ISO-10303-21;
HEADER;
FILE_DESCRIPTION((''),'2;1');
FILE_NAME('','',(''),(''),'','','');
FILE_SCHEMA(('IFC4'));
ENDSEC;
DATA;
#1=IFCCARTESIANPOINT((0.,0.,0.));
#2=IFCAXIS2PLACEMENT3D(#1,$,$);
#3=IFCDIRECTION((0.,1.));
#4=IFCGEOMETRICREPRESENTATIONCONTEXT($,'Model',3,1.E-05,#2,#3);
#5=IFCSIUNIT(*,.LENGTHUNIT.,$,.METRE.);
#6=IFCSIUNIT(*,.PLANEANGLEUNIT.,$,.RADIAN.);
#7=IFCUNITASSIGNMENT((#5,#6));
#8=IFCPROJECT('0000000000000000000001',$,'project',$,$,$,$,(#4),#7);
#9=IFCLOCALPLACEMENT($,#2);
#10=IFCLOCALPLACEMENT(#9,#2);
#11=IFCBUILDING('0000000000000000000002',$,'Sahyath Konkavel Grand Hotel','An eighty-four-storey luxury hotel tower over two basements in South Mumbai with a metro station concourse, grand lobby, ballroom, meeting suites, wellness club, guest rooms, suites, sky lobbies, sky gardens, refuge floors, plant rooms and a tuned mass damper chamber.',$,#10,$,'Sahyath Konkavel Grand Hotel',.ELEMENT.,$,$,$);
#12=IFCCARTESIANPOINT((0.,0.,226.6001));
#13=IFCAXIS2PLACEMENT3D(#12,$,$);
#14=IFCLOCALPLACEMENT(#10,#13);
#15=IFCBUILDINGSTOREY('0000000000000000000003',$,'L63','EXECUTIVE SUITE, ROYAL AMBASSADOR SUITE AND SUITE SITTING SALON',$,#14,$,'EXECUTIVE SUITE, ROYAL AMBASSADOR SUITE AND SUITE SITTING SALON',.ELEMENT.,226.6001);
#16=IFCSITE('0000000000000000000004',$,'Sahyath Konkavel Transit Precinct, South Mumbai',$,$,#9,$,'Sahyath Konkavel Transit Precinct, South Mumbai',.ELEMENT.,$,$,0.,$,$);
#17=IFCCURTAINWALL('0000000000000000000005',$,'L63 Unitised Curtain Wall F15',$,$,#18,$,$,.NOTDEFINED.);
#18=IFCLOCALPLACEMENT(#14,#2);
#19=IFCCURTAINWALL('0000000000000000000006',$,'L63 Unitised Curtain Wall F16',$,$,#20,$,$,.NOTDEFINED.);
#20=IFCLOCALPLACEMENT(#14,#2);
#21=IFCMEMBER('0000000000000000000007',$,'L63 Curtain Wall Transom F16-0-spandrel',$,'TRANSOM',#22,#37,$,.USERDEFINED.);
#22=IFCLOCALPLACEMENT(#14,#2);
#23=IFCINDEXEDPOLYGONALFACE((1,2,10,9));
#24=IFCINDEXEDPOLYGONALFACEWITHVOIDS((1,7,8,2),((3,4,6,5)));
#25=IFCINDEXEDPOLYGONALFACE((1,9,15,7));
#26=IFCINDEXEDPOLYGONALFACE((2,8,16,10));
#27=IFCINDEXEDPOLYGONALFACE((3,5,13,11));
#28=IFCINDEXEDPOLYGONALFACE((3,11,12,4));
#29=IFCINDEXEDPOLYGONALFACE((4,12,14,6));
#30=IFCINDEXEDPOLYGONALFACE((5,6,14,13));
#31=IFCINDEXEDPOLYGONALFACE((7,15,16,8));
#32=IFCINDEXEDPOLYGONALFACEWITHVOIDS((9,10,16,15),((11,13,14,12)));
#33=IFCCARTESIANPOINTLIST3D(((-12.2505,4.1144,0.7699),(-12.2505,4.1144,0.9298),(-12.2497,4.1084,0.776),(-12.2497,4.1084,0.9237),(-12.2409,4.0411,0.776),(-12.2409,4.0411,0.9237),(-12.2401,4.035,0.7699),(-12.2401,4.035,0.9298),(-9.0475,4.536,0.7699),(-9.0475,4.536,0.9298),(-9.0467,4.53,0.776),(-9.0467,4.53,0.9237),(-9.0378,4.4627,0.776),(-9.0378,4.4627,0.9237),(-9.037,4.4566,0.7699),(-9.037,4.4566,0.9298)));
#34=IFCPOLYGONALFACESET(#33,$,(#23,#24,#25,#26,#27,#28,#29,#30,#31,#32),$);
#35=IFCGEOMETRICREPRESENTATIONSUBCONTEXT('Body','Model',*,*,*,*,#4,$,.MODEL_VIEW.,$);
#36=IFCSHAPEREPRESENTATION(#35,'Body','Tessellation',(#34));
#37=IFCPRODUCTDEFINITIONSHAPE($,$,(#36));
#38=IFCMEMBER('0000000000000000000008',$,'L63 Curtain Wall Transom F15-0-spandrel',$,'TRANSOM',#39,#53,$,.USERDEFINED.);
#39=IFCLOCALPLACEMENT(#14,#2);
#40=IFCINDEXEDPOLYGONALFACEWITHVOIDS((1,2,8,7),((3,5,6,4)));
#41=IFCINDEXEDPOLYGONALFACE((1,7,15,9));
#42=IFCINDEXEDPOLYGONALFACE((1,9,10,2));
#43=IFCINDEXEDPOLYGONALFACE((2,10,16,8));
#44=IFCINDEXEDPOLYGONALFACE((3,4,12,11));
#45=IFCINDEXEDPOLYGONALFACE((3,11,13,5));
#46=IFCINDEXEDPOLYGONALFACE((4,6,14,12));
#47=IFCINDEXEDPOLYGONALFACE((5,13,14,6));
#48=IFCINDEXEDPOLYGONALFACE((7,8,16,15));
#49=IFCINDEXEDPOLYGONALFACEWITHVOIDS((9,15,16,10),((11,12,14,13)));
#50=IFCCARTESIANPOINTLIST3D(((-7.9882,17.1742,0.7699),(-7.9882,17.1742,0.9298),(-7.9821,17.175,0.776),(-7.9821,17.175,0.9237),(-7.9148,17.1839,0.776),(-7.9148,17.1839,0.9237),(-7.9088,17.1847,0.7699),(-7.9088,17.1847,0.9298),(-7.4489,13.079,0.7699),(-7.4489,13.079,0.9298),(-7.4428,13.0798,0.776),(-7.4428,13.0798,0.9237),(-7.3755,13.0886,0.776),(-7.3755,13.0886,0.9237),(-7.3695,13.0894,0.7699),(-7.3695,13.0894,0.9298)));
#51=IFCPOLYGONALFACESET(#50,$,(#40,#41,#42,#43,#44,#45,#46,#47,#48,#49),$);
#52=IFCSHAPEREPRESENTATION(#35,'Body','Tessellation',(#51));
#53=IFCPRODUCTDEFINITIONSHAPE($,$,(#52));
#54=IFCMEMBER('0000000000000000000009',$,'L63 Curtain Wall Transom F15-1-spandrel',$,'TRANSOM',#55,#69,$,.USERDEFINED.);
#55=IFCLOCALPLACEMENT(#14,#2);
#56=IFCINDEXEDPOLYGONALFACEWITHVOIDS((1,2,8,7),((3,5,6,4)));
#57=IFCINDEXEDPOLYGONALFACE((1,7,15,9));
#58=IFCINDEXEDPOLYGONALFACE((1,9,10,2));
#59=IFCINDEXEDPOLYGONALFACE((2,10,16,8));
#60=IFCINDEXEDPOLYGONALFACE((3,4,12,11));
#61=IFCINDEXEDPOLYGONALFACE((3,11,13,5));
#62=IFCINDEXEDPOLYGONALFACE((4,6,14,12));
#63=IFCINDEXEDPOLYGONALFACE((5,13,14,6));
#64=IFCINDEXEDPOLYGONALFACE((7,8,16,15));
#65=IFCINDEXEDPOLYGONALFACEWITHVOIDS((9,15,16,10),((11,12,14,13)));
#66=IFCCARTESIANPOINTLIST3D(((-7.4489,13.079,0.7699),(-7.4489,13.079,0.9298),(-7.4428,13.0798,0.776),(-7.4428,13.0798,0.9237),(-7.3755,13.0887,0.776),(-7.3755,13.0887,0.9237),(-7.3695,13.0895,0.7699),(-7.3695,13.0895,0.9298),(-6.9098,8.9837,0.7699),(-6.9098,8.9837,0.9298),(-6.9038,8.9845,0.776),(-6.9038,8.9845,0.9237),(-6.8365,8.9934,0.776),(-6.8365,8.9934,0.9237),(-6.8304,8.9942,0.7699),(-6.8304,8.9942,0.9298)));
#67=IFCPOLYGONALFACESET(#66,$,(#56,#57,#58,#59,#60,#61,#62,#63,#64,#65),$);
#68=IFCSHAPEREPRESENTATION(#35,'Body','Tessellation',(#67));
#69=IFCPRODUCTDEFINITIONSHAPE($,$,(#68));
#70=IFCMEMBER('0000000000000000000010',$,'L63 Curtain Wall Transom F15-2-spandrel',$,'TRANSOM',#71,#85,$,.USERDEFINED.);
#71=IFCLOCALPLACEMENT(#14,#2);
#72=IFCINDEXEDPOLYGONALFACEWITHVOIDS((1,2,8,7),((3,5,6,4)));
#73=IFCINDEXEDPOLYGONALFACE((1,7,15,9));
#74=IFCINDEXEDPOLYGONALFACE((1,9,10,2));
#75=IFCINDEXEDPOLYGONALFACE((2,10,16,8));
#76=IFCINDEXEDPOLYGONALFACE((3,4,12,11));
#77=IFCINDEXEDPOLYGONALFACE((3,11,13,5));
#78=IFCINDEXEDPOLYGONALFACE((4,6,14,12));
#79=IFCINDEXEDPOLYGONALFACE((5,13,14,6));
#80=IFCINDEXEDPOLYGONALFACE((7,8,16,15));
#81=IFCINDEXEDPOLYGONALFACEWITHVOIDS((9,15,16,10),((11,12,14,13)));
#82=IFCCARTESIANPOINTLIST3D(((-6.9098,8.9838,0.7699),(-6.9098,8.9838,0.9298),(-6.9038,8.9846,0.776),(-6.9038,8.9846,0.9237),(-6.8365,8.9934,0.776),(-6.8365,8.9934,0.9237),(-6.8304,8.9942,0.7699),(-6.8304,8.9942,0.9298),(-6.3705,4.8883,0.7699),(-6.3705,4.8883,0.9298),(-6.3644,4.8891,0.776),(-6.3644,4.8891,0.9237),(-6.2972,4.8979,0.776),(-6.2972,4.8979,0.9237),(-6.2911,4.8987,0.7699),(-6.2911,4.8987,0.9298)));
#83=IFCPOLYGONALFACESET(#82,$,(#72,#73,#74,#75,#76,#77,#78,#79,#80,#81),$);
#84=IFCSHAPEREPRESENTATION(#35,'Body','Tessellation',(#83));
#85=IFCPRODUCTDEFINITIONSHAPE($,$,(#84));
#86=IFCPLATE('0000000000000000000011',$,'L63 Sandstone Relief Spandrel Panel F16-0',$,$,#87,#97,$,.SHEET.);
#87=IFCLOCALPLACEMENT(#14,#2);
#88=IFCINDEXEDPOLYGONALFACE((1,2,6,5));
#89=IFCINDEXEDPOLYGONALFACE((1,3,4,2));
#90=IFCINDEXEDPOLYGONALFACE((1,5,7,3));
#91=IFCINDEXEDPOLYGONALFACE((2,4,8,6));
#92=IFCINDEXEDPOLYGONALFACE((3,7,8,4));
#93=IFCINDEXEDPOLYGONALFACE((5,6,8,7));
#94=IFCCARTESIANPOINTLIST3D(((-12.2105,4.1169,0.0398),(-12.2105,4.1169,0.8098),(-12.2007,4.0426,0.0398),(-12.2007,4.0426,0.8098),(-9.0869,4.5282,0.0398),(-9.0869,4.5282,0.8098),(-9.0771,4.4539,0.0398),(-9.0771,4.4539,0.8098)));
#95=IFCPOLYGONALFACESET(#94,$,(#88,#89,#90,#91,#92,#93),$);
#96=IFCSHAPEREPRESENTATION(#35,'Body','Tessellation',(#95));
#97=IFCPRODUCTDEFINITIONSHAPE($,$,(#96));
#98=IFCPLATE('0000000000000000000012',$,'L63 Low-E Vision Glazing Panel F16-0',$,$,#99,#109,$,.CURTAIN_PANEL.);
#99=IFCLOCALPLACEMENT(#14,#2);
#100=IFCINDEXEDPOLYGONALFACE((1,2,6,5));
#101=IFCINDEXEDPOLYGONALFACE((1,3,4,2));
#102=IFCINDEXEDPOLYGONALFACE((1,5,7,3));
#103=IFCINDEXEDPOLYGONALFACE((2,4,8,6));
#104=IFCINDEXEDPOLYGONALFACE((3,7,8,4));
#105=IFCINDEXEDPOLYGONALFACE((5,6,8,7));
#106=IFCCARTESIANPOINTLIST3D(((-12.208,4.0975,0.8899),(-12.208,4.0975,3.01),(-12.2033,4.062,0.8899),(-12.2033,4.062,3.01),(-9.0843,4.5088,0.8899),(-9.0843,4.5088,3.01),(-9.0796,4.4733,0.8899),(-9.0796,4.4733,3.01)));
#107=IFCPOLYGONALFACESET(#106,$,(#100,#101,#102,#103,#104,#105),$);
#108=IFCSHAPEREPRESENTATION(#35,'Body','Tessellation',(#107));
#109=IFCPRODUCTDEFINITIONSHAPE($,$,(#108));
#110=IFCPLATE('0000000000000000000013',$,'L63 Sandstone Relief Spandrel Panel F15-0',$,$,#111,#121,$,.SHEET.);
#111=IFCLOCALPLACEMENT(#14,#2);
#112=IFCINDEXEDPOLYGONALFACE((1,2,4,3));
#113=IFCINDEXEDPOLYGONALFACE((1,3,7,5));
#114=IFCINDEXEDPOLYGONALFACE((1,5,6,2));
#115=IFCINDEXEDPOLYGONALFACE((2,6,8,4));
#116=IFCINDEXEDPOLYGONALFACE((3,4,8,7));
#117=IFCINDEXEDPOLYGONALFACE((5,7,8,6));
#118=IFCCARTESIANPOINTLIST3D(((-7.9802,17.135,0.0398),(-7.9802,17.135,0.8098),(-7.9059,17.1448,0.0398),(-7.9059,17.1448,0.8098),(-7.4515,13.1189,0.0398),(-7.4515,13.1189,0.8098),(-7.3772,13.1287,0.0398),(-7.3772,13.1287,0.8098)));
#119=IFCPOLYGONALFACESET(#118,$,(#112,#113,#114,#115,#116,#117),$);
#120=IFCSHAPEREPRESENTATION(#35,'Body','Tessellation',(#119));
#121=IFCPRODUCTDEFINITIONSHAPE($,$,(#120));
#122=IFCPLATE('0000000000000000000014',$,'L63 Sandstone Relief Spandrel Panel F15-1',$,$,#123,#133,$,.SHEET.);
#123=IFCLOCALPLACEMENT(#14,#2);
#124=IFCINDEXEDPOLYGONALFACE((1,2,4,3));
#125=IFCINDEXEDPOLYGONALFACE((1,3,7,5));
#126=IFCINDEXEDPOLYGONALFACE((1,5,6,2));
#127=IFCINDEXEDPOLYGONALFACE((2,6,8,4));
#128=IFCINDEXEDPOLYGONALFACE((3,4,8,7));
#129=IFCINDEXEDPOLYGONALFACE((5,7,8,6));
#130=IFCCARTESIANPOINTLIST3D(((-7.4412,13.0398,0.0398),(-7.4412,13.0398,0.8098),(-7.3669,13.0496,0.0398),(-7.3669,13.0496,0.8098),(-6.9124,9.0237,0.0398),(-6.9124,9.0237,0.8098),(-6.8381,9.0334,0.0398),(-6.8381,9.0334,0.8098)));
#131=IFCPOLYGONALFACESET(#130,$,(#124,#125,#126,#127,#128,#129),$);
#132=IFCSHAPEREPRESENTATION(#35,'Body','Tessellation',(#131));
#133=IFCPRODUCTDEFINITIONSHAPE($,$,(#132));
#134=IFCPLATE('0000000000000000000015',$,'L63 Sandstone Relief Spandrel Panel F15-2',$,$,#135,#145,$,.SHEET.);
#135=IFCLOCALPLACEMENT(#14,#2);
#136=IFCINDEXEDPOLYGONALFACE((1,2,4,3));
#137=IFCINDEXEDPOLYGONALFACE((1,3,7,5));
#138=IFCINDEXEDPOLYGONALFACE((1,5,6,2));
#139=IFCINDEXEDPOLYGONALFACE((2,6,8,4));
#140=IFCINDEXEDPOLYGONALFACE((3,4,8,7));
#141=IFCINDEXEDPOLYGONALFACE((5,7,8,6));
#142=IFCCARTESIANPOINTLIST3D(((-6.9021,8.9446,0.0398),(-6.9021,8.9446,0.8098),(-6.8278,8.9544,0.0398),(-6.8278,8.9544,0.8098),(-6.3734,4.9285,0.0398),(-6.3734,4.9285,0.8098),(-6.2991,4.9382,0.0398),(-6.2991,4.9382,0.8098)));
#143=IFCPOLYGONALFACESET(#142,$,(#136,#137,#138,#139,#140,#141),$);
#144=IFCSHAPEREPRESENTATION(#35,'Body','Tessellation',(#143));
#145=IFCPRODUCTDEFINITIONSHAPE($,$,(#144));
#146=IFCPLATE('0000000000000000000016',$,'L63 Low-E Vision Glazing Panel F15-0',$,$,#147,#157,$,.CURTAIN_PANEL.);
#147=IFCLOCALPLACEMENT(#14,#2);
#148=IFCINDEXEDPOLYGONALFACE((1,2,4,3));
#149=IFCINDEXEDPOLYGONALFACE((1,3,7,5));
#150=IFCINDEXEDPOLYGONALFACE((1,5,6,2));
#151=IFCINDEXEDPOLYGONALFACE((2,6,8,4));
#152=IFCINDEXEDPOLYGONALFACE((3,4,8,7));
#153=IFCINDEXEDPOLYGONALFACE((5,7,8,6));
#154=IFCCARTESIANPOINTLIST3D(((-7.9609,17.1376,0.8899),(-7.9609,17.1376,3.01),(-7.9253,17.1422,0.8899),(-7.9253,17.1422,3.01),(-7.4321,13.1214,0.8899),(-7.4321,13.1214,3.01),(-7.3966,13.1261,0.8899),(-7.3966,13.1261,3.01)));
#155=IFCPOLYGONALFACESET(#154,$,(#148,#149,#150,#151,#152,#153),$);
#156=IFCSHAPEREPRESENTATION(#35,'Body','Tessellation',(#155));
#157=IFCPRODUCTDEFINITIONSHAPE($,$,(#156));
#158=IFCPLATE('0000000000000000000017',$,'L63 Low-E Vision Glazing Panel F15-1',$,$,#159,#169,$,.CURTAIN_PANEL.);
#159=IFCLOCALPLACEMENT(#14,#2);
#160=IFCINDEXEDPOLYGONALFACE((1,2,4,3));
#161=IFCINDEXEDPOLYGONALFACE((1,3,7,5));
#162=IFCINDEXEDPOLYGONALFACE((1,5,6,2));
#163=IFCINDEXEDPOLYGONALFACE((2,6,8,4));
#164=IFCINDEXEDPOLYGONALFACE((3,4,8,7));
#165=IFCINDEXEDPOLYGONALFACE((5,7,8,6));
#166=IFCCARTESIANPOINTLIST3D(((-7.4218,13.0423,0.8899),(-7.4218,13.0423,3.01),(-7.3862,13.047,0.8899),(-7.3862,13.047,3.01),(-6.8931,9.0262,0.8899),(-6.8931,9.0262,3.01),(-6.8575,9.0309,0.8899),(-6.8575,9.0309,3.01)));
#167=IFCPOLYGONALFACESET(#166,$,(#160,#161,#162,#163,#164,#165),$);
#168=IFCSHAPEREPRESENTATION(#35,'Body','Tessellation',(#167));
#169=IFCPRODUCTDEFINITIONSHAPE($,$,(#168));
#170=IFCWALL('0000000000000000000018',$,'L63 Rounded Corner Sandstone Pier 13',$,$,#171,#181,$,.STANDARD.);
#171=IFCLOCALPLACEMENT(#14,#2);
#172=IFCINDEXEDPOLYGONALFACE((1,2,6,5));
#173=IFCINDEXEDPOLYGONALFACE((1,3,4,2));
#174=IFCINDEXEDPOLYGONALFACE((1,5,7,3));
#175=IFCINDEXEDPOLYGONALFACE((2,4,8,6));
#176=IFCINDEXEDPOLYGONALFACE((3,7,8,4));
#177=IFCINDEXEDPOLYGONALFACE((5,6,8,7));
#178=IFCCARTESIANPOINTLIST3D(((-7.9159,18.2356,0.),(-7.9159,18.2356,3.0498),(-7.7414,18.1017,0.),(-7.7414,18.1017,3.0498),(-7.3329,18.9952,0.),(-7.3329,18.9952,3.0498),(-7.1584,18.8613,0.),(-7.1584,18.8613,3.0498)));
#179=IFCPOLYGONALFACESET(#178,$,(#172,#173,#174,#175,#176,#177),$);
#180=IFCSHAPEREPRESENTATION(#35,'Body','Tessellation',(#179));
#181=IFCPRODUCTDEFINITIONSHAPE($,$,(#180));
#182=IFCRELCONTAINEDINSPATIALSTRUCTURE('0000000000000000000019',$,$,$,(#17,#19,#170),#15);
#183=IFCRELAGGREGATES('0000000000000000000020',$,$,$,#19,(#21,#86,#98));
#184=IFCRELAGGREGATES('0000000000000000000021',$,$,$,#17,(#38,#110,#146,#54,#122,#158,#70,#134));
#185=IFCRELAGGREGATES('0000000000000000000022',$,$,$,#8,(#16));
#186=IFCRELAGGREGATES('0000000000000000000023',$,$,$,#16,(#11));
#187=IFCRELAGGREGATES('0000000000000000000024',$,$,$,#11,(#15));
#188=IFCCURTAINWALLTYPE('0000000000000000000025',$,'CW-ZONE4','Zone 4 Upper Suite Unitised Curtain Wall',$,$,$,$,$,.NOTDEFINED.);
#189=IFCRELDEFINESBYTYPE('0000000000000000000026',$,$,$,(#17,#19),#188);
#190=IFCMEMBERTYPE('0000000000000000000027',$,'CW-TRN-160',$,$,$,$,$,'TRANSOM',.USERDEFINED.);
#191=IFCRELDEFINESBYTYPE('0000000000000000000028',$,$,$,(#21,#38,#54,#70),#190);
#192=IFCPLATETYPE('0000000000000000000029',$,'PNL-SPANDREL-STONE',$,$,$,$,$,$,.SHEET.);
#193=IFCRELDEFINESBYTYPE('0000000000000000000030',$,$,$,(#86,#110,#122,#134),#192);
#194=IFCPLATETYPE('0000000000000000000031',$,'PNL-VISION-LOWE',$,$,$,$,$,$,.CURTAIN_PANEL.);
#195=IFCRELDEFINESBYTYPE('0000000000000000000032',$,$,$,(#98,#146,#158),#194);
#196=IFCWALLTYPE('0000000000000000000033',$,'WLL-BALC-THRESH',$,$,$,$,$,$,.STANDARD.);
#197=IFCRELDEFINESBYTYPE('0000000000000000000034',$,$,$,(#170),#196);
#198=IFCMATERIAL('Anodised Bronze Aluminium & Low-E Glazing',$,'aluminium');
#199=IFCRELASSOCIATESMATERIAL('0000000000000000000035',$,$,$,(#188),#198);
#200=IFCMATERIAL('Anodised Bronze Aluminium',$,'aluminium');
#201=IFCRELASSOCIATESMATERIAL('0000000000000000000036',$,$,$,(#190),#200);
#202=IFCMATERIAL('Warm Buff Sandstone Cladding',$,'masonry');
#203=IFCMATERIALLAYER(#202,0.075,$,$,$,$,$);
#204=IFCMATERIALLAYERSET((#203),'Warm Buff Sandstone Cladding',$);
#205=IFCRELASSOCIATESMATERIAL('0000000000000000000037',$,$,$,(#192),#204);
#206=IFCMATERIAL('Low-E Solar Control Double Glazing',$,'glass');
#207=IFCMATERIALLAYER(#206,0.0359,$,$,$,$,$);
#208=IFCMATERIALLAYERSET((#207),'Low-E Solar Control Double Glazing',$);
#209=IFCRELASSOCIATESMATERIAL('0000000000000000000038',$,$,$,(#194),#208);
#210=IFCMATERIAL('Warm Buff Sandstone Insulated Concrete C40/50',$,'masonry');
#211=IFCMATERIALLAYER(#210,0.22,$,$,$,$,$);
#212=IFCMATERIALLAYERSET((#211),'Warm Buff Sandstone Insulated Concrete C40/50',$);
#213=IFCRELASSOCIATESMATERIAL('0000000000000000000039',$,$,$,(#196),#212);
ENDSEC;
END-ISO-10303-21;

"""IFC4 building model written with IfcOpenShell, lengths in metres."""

from ifc_helpers import new_model, si_unit, direction, frame, frame_2d, origin, origin_2d, place, context, subcontext, project, spatial, rectangle, hollow_rectangle, extrude, source, transform, mapped, material, layer, layer_set, material_profile, profile_set, type_object, element, aggregate, save


model = new_model("IFC4")

# Units and contexts
model_context = context("Model", 3, precision=1e-05, world=origin(), true_north=direction((0.0, 1.0)))
body_context = subcontext(model_context, "Body", "Model", "MODEL_VIEW")
ifc_project = project(units=[si_unit("LENGTHUNIT", "METRE"), si_unit("PLANEANGLEUNIT", "RADIAN")], contexts=[model_context])

# Site, building, storey
site_placement = place(None, origin())
site = spatial("IfcSite", under=ifc_project, at=site_placement, Name="Sahyath Konkavel Transit Precinct, South Mumbai", LongName="Sahyath Konkavel Transit Precinct, South Mumbai", CompositionType="ELEMENT", RefElevation=0.0)
building_placement = place(site_placement, origin())
building = spatial("IfcBuilding", under=site, at=building_placement, Name="Sahyath Konkavel Grand Hotel", Description="An eighty-four-storey luxury hotel tower over two basements in South Mumbai with a metro station concourse, grand lobby, ballroom, meeting suites, wellness club, guest rooms, suites, sky lobbies, sky gardens, refuge floors, plant rooms and a tuned mass damper chamber.", LongName="Sahyath Konkavel Grand Hotel", CompositionType="ELEMENT")
storey_placement = place(building_placement, frame((0.0, 0.0, 226.6001)))
storey = spatial("IfcBuildingStorey", under=building, at=storey_placement, Name="L63", Description="EXECUTIVE SUITE, ROYAL AMBASSADOR SUITE AND SUITE SITTING SALON", LongName="EXECUTIVE SUITE, ROYAL AMBASSADOR SUITE AND SUITE SITTING SALON", CompositionType="ELEMENT", Elevation=226.6001)

# Shared definitions
ifc_material_1 = material(Name="Anodised Bronze Aluminium & Low-E Glazing", Category="aluminium")
curtain_wall_type = type_object("IfcCurtainWallType", Name="CW-ZONE4", Description="Zone 4 Upper Suite Unitised Curtain Wall", PredefinedType="NOTDEFINED", material=ifc_material_1)
ifc_material_2 = material(Name="Anodised Bronze Aluminium", Category="aluminium")

# Curtain wall
curtain_wall_1_placement = place(storey_placement, origin())
curtain_wall_1 = element("IfcCurtainWall", 1, at=curtain_wall_1_placement, inside=storey, type_object=curtain_wall_type, Name="L63 Unitised Curtain Wall F15", PredefinedType="NOTDEFINED")

# Curtain wall
curtain_wall_2_placement = place(storey_placement, origin())
curtain_wall_2 = element("IfcCurtainWall", 2, at=curtain_wall_2_placement, inside=storey, type_object=curtain_wall_type, Name="L63 Unitised Curtain Wall F16", PredefinedType="NOTDEFINED")

# Members
ifc_material_profile_1 = material_profile(ifc_material_2, hollow_rectangle(XDim=0.0801, YDim=0.1599, WallThickness=0.0061, at=origin_2d()), Name="RHS 160x80x6")
ifc_profile_set_1 = profile_set([ifc_material_profile_1], Name="Anodised Bronze Aluminium")
member_type_1 = type_object("IfcMemberType", Name="CW-TRN-160", ElementType="TRANSOM", PredefinedType="USERDEFINED", material=ifc_profile_set_1)
shared_shape_1 = source(origin(), body_context, "Body", "SweptSolid", [
    extrude(hollow_rectangle(XDim=0.0801, YDim=0.1599, WallThickness=0.0061, at=origin_2d()), origin(), (0.0, 0.0, 1.0), 3.2307),
])
member_1_placement = place(storey_placement, frame((-9.0422, 4.4963, 0.8499), z_axis=(-0.991448, -0.130505, 0.0), x_axis=(0.130505, -0.991448, 0.0)))
member_1 = element("IfcMember", 3, at=member_1_placement, type_object=member_type_1, Name="L63 Curtain Wall Transom F16-0-spandrel", ObjectType="TRANSOM", PredefinedType="USERDEFINED", context=body_context, shape_type="MappedRepresentation", body=[
    mapped(shared_shape_1, transform((0.0, 0.0, 0.0), scale=1.0)),
])
shared_shape_2 = source(origin(), body_context, "Body", "SweptSolid", [
    extrude(hollow_rectangle(XDim=0.0801, YDim=0.1599, WallThickness=0.0061, at=origin_2d()), origin(), (0.0, 0.0, 1.0), 4.1306),
])
member_2_placement = place(storey_placement, frame((-7.9485, 17.1794, 0.8499), z_axis=(0.130565, -0.99144, 0.0), x_axis=(0.99144, 0.130565, 0.0)))
member_2 = element("IfcMember", 4, at=member_2_placement, type_object=member_type_1, Name="L63 Curtain Wall Transom F15-0-spandrel", ObjectType="TRANSOM", PredefinedType="USERDEFINED", context=body_context, shape_type="MappedRepresentation", body=[
    mapped(shared_shape_2, transform((0.0, 0.0, 0.0), scale=1.0)),
])
member_3_placement = place(storey_placement, frame((-7.4092, 13.0842, 0.8499), z_axis=(0.130506, -0.991447, 0.0), x_axis=(0.991447, 0.130506, 0.0)))
member_3 = element("IfcMember", 5, at=member_3_placement, type_object=member_type_1, Name="L63 Curtain Wall Transom F15-1-spandrel", ObjectType="TRANSOM", PredefinedType="USERDEFINED", context=body_context, shape_type="MappedRepresentation", body=[
    mapped(shared_shape_2, transform((0.0, 0.0, 0.0), scale=1.0)),
])
shared_shape_3 = source(origin(), body_context, "Body", "SweptSolid", [
    extrude(hollow_rectangle(XDim=0.0801, YDim=0.1599, WallThickness=0.0061, at=origin_2d()), origin(), (0.0, 0.0, 1.0), 4.1309),
])
member_4_placement = place(storey_placement, frame((-6.8701, 8.989, 0.8499), z_axis=(0.130557, -0.991441, 0.0), x_axis=(0.991441, 0.130557, 0.0)))
member_4 = element("IfcMember", 6, at=member_4_placement, type_object=member_type_1, Name="L63 Curtain Wall Transom F15-2-spandrel", ObjectType="TRANSOM", PredefinedType="USERDEFINED", context=body_context, shape_type="MappedRepresentation", body=[
    mapped(shared_shape_3, transform((0.0, 0.0, 0.0), scale=1.0)),
])

# Plates
ifc_material_3 = material(Name="Warm Buff Sandstone Cladding", Category="masonry")
ifc_layer_1 = layer(ifc_material_3, 0.075)
ifc_layer_set_1 = layer_set([ifc_layer_1], Name="Warm Buff Sandstone Cladding")
plate_type_1 = type_object("IfcPlateType", Name="PNL-SPANDREL-STONE", PredefinedType="SHEET", material=ifc_layer_set_1)
shared_shape_4 = source(origin(), body_context, "Body", "SweptSolid", [
    extrude(rectangle(XDim=3.1506, YDim=0.075, at=origin_2d()), origin(), (0.0, 0.0, 1.0), 0.77),
])
plate_1_placement = place(storey_placement, frame((-10.6438, 4.2854, 0.0398), z_axis=(0.0, 0.0, 1.0), x_axis=(-0.991443, -0.130543, 0.0)))
plate_1 = element("IfcPlate", 7, at=plate_1_placement, type_object=plate_type_1, Name="L63 Sandstone Relief Spandrel Panel F16-0", PredefinedType="SHEET", context=body_context, shape_type="MappedRepresentation", body=[
    mapped(shared_shape_4, transform((0.0, 0.0, 0.0), scale=1.0)),
])
ifc_material_4 = material(Name="Low-E Solar Control Double Glazing", Category="glass")
ifc_layer_2 = layer(ifc_material_4, 0.0359)
ifc_layer_set_2 = layer_set([ifc_layer_2], Name="Low-E Solar Control Double Glazing")
plate_type_2 = type_object("IfcPlateType", Name="PNL-VISION-LOWE", PredefinedType="CURTAIN_PANEL", material=ifc_layer_set_2)
shared_shape_5 = source(origin(), body_context, "Body", "SweptSolid", [
    extrude(rectangle(XDim=3.1506, YDim=0.0359, at=origin_2d()), origin(), (0.0, 0.0, 1.0), 2.1201),
])
plate_2_placement = place(storey_placement, frame((-10.6438, 4.2854, 0.8899), z_axis=(0.0, 0.0, 1.0), x_axis=(-0.991443, -0.130543, 0.0)))
plate_2 = element("IfcPlate", 8, at=plate_2_placement, type_object=plate_type_2, Name="L63 Low-E Vision Glazing Panel F16-0", PredefinedType="CURTAIN_PANEL", context=body_context, shape_type="MappedRepresentation", body=[
    mapped(shared_shape_5, transform((0.0, 0.0, 0.0), scale=1.0)),
])
aggregate(curtain_wall_2, [member_1, plate_1, plate_2])
shared_shape_6 = source(origin(), body_context, "Body", "SweptSolid", [
    extrude(rectangle(XDim=4.0508, YDim=0.075, at=origin_2d()), origin(), (0.0, 0.0, 1.0), 0.77),
])
plate_3_placement = place(storey_placement, frame((-7.6787, 15.1318, 0.0398), z_axis=(0.0, 0.0, 1.0), x_axis=(0.130526, -0.991445, 0.0)))
plate_3 = element("IfcPlate", 9, at=plate_3_placement, type_object=plate_type_1, Name="L63 Sandstone Relief Spandrel Panel F15-0", PredefinedType="SHEET", context=body_context, shape_type="MappedRepresentation", body=[
    mapped(shared_shape_6, transform((0.0, 0.0, 0.0), scale=1.0)),
])
plate_4_placement = place(storey_placement, frame((-7.1396, 11.0366, 0.0398), z_axis=(0.0, 0.0, 1.0), x_axis=(0.130526, -0.991445, 0.0)))
plate_4 = element("IfcPlate", 10, at=plate_4_placement, type_object=plate_type_1, Name="L63 Sandstone Relief Spandrel Panel F15-1", PredefinedType="SHEET", context=body_context, shape_type="MappedRepresentation", body=[
    mapped(shared_shape_6, transform((0.0, 0.0, 0.0), scale=1.0)),
])
plate_5_placement = place(storey_placement, frame((-6.6006, 6.9414, 0.0398), z_axis=(0.0, 0.0, 1.0), x_axis=(0.130526, -0.991445, 0.0)))
plate_5 = element("IfcPlate", 11, at=plate_5_placement, type_object=plate_type_1, Name="L63 Sandstone Relief Spandrel Panel F15-2", PredefinedType="SHEET", context=body_context, shape_type="MappedRepresentation", body=[
    mapped(shared_shape_6, transform((0.0, 0.0, 0.0), scale=1.0)),
])
shared_shape_7 = source(origin(), body_context, "Body", "SweptSolid", [
    extrude(rectangle(XDim=4.0508, YDim=0.0359, at=origin_2d()), origin(), (0.0, 0.0, 1.0), 2.1201),
])
plate_6_placement = place(storey_placement, frame((-7.6787, 15.1318, 0.8899), z_axis=(0.0, 0.0, 1.0), x_axis=(0.130526, -0.991445, 0.0)))
plate_6 = element("IfcPlate", 12, at=plate_6_placement, type_object=plate_type_2, Name="L63 Low-E Vision Glazing Panel F15-0", PredefinedType="CURTAIN_PANEL", context=body_context, shape_type="MappedRepresentation", body=[
    mapped(shared_shape_7, transform((0.0, 0.0, 0.0), scale=1.0)),
])
plate_7_placement = place(storey_placement, frame((-7.1396, 11.0366, 0.8899), z_axis=(0.0, 0.0, 1.0), x_axis=(0.130526, -0.991445, 0.0)))
plate_7 = element("IfcPlate", 13, at=plate_7_placement, type_object=plate_type_2, Name="L63 Low-E Vision Glazing Panel F15-1", PredefinedType="CURTAIN_PANEL", context=body_context, shape_type="MappedRepresentation", body=[
    mapped(shared_shape_7, transform((0.0, 0.0, 0.0), scale=1.0)),
])
aggregate(curtain_wall_1, [member_2, plate_3, plate_6, member_3, plate_4, plate_7, member_4, plate_5])

# Wall
ifc_material_5 = material(Name="Warm Buff Sandstone Insulated Concrete C40/50", Category="masonry")
ifc_layer_3 = layer(ifc_material_5, 0.22)
ifc_layer_set_3 = layer_set([ifc_layer_3], Name="Warm Buff Sandstone Insulated Concrete C40/50")
wall_type_1 = type_object("IfcWallType", Name="WLL-BALC-THRESH", PredefinedType="STANDARD", material=ifc_layer_set_3)
wall_1_placement = place(storey_placement, frame((-7.2456, 18.9282, 0.0), z_axis=(0.0, 0.0, 1.0), x_axis=(-0.608897, -0.793249, 0.0)))
element("IfcWall", 14, at=wall_1_placement, inside=storey, type_object=wall_type_1, Name="L63 Rounded Corner Sandstone Pier 13", PredefinedType="STANDARD", context=body_context, shape_type="SweptSolid", body=[
    extrude(rectangle(XDim=0.9575, YDim=0.22, at=frame_2d((0.4788, 0.0))), origin(), (0.0, 0.0, 1.0), 3.0498),
])

save(model, "model.ifc")
